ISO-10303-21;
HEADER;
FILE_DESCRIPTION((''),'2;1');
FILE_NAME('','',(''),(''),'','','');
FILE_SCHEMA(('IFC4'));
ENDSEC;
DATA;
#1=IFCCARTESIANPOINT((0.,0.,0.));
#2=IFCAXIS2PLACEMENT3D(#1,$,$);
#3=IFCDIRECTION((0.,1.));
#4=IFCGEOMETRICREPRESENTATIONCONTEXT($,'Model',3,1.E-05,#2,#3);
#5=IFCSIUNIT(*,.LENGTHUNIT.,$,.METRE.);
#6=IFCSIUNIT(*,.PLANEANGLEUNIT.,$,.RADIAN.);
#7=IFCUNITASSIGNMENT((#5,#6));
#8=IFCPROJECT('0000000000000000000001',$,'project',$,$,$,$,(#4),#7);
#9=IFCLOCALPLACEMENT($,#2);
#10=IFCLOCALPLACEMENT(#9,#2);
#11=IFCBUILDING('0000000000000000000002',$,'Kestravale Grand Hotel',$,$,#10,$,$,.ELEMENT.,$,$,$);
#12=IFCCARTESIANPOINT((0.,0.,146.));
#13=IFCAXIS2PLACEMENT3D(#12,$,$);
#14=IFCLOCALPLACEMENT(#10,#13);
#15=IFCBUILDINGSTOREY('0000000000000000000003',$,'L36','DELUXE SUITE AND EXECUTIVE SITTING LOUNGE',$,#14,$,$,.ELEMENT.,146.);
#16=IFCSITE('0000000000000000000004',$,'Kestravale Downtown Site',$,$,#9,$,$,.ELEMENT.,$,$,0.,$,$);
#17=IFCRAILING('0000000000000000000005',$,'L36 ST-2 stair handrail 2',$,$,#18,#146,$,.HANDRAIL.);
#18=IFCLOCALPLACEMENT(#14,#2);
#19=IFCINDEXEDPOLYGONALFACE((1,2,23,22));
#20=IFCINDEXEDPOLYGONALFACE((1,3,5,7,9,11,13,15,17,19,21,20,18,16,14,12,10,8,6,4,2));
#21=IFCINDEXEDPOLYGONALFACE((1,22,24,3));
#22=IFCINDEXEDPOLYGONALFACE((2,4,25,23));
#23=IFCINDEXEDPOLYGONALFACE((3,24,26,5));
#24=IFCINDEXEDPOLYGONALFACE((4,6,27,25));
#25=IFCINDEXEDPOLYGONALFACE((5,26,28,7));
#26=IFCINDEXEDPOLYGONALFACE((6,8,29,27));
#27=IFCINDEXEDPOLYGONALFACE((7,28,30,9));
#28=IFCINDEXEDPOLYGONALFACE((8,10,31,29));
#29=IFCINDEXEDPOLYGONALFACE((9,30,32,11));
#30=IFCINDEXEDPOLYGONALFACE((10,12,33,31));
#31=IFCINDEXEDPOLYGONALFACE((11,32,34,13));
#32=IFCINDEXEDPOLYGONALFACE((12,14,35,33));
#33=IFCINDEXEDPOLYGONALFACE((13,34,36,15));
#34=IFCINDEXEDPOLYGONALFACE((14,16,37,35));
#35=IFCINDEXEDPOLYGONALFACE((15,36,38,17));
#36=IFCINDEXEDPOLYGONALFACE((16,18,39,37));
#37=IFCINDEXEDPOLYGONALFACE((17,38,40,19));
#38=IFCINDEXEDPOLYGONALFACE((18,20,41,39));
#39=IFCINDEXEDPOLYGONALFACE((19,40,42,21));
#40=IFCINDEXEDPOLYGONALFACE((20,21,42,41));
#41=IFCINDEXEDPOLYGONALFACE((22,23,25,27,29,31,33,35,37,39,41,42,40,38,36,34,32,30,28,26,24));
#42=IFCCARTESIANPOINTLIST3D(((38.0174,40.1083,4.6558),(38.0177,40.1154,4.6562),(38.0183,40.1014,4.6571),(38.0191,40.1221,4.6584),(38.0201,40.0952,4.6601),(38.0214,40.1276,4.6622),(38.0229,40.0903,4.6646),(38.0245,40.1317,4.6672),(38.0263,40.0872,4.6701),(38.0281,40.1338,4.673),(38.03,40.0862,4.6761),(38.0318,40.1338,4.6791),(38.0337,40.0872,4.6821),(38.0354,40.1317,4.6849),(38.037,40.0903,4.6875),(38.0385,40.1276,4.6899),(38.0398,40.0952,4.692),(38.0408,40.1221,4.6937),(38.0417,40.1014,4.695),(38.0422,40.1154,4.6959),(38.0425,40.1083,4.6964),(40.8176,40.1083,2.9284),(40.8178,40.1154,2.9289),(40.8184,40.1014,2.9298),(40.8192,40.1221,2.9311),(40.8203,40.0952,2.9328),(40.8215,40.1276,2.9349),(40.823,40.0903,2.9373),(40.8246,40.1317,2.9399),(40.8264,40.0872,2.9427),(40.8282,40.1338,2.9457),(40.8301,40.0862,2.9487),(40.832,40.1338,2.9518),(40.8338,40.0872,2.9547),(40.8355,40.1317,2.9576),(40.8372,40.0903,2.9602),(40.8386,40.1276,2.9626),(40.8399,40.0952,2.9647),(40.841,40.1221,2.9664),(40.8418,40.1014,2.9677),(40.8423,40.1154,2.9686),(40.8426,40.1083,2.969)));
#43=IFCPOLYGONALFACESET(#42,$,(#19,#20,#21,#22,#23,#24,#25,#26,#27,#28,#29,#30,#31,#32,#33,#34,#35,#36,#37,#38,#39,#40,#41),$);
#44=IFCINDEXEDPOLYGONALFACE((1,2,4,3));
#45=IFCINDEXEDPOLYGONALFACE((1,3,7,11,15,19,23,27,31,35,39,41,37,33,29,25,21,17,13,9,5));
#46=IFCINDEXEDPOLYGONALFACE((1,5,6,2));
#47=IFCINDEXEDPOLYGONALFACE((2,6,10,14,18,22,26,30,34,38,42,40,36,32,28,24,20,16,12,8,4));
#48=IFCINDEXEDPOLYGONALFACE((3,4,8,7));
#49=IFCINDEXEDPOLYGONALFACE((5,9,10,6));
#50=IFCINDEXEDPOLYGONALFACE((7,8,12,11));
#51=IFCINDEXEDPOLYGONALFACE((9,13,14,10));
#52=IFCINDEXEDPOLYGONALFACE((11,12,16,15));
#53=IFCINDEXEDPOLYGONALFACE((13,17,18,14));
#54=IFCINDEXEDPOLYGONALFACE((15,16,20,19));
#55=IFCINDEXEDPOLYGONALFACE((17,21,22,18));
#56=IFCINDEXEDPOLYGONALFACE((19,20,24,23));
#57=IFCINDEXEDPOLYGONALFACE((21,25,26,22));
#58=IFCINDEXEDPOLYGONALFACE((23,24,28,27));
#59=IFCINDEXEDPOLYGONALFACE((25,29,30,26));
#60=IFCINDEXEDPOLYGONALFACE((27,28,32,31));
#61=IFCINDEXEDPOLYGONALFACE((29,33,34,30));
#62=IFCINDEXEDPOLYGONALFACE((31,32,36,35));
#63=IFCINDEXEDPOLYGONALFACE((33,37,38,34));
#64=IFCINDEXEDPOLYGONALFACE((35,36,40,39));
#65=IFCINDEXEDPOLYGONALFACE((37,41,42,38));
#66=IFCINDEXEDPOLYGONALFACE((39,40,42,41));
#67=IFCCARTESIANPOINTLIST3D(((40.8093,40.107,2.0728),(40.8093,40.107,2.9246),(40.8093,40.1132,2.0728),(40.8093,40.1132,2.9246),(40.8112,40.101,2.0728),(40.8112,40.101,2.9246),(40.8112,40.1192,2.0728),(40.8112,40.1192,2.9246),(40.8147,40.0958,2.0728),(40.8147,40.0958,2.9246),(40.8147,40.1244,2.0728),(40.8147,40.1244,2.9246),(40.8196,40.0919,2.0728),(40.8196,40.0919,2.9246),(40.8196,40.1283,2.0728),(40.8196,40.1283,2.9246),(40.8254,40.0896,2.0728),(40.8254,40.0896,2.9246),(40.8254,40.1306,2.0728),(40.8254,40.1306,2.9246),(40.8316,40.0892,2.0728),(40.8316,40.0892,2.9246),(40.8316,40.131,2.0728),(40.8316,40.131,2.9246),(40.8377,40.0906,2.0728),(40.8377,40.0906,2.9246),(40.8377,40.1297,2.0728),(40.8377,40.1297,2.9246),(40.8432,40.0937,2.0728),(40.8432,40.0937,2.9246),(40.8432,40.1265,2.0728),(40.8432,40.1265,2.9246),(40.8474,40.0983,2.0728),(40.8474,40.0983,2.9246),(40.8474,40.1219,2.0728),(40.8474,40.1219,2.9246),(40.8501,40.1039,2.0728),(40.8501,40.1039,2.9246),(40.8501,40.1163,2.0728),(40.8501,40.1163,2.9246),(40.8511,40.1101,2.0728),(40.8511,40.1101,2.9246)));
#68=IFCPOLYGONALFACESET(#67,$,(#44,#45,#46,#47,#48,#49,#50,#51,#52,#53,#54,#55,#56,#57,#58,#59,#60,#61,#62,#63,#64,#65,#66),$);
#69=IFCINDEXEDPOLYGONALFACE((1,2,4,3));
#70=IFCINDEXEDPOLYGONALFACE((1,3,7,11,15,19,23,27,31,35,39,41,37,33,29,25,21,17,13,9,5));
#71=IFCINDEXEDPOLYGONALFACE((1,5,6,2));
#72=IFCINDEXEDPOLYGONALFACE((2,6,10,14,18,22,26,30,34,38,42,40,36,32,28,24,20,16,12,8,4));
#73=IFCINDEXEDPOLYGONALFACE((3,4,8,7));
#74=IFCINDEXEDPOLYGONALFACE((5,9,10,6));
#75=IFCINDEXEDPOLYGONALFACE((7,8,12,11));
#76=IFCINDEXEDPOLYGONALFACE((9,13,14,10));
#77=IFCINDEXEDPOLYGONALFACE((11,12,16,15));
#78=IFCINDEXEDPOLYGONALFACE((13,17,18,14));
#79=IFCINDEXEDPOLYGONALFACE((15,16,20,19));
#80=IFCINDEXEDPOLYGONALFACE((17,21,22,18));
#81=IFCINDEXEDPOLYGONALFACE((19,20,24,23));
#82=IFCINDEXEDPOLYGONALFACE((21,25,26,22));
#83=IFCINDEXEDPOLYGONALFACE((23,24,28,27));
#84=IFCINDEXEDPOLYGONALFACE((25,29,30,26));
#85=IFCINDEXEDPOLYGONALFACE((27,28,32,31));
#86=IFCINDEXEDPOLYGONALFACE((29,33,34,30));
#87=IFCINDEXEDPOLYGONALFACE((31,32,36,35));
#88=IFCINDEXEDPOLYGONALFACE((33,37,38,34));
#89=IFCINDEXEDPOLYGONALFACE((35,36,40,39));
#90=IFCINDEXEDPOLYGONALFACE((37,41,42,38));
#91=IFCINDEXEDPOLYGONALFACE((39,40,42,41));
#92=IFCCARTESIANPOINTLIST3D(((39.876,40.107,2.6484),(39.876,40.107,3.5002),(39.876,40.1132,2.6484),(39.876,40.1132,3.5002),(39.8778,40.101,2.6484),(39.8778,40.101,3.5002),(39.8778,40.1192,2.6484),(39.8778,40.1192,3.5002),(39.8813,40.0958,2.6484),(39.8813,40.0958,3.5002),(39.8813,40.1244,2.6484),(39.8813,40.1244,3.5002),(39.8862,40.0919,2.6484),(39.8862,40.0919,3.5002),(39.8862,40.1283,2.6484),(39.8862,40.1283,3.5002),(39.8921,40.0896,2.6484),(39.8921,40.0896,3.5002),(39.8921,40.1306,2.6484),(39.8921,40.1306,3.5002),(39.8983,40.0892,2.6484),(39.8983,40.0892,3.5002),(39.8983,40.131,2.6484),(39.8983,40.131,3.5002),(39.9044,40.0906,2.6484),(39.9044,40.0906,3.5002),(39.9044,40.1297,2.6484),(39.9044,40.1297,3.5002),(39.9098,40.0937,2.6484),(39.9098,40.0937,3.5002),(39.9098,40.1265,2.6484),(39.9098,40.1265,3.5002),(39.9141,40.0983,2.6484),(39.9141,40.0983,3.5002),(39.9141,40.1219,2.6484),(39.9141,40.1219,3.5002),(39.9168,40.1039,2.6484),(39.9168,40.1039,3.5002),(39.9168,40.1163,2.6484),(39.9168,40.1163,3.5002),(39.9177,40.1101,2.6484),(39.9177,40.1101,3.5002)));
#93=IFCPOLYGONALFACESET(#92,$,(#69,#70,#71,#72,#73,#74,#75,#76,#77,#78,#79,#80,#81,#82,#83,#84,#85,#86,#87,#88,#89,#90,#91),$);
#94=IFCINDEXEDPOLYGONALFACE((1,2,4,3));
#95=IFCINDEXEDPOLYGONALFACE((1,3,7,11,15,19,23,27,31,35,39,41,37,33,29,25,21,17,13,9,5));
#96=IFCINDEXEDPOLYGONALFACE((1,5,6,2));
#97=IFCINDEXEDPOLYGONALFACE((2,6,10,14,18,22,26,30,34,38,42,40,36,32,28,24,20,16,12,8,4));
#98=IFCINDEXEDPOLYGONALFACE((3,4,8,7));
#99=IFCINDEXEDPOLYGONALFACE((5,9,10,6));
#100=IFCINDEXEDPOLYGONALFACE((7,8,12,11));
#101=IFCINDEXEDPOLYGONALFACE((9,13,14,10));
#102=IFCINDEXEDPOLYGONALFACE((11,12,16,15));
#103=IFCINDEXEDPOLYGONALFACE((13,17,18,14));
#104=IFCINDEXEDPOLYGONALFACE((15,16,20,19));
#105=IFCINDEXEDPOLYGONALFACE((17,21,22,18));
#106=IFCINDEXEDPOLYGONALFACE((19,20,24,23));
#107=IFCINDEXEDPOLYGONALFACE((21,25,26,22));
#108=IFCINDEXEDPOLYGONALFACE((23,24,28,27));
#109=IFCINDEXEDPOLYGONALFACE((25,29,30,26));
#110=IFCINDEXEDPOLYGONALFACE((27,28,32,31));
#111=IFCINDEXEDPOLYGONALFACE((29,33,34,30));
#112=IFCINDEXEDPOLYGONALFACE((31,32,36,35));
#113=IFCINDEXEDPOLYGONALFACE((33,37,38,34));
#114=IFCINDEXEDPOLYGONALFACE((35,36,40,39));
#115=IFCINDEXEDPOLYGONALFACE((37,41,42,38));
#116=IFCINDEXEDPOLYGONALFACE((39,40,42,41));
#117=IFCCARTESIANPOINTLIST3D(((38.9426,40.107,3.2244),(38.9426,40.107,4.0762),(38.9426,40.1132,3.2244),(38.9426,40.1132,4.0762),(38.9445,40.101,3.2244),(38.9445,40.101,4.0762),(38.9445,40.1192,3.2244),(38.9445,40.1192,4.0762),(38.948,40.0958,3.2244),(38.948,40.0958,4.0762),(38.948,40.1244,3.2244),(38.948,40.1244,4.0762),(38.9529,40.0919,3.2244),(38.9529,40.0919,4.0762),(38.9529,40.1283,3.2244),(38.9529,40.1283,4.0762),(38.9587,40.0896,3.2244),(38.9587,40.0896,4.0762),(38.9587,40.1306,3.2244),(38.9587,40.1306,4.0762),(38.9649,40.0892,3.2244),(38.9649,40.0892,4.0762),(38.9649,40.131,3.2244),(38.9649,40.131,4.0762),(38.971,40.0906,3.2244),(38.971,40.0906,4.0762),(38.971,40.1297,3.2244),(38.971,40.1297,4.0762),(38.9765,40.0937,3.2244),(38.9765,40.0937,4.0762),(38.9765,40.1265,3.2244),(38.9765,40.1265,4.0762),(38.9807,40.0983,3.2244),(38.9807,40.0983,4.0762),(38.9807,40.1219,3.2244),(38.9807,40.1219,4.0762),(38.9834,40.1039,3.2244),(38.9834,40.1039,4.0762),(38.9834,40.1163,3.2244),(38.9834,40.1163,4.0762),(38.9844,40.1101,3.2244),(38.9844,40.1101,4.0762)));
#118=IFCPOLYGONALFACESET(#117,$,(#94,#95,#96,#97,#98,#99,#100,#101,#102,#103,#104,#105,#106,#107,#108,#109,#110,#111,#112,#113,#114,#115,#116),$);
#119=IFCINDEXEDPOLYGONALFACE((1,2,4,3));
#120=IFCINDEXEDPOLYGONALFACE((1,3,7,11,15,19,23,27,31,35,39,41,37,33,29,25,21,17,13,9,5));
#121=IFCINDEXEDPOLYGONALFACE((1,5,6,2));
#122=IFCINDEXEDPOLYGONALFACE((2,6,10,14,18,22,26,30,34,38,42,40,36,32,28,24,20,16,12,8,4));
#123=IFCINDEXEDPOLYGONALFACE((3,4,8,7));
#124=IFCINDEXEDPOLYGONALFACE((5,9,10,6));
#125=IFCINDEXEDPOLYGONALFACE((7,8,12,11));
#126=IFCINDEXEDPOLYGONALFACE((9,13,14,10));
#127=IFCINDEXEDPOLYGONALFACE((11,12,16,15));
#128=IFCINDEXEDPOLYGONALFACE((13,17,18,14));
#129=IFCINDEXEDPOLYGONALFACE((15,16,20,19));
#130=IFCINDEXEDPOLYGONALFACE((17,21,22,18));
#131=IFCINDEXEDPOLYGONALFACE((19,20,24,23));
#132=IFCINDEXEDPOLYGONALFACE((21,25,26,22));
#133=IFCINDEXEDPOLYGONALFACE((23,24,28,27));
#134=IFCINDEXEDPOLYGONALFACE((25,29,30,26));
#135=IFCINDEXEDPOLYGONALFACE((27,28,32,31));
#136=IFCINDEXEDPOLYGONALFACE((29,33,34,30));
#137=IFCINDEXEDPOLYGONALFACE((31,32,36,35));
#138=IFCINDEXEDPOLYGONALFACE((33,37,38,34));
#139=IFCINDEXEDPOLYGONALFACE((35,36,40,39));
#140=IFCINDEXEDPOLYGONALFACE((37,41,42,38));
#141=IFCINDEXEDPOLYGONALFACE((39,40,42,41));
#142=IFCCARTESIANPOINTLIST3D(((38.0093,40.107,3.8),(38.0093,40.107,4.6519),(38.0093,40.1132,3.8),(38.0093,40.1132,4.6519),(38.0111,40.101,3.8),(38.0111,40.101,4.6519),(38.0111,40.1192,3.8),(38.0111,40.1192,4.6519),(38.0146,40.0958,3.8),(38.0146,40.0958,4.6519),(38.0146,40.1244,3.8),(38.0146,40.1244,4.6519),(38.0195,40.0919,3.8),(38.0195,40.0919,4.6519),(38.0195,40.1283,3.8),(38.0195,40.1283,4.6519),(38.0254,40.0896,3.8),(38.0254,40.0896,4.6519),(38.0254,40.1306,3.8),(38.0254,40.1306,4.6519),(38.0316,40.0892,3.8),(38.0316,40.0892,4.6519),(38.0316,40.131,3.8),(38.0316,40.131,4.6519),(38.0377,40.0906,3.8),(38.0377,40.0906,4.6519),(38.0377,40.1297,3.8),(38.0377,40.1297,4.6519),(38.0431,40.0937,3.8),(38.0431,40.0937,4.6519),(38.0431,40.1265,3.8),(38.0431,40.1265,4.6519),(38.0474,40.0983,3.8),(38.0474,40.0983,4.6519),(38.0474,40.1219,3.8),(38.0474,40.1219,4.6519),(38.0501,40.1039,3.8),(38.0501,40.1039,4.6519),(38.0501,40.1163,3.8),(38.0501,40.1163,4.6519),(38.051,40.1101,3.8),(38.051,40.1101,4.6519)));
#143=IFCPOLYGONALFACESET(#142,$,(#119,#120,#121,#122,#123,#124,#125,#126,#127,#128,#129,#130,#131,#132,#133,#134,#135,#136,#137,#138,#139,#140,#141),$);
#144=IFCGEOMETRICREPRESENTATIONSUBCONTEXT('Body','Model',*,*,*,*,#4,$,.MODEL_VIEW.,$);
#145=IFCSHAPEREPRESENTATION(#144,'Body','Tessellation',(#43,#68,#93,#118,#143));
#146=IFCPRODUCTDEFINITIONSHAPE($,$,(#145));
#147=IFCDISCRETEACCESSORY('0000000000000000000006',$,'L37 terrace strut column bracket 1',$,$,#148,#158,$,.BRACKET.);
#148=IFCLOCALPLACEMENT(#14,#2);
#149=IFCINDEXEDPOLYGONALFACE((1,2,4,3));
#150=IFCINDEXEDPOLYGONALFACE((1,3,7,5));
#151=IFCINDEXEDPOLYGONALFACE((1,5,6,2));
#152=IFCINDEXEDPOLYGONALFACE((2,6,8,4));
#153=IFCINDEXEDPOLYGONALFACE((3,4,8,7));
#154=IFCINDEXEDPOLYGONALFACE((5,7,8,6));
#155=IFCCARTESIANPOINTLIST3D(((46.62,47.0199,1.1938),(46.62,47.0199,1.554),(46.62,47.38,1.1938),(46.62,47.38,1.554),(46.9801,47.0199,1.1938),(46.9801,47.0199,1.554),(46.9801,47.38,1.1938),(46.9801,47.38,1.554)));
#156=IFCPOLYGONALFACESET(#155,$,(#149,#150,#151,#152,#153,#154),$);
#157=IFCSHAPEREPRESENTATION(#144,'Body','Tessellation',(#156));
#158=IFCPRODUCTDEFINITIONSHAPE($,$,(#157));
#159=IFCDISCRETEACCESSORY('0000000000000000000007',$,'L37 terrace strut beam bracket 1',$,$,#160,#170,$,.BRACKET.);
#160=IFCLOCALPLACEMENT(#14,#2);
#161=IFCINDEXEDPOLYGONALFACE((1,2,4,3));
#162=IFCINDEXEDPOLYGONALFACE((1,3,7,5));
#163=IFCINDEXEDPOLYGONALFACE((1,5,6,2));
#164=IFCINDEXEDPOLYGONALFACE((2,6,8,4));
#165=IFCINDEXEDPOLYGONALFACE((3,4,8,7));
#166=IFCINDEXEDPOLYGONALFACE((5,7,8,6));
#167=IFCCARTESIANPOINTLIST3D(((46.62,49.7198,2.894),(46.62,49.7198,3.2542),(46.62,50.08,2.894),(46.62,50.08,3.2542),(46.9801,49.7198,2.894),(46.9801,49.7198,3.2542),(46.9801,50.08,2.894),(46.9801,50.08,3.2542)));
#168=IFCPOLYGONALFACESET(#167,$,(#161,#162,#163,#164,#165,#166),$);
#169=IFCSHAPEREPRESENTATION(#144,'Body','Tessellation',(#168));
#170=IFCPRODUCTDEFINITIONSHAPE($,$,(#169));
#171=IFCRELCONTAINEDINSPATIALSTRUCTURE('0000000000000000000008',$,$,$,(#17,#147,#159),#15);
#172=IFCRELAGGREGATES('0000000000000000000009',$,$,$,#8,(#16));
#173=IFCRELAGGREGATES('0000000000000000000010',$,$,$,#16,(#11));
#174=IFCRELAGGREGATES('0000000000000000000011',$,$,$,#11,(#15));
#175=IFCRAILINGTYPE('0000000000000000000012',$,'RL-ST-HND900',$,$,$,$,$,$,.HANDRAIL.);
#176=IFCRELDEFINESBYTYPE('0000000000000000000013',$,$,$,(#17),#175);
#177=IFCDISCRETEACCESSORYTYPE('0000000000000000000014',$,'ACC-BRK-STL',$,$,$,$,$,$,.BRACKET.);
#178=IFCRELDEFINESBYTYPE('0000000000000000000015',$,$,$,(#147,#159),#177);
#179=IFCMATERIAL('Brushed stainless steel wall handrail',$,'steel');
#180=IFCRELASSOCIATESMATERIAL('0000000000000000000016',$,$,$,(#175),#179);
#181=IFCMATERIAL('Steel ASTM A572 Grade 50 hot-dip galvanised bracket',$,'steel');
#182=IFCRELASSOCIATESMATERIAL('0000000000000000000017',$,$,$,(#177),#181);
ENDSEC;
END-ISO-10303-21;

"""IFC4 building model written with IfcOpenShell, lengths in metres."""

from ifc_helpers import new_model, si_unit, direction, frame, origin, origin_2d, place, context, subcontext, project, spatial, rectangle, circle, extrude, material, type_object, element, save


model = new_model("IFC4")

# Units and contexts
model_context = context("Model", 3, precision=1e-05, world=origin(), true_north=direction((0.0, 1.0)))
body_context = subcontext(model_context, "Body", "Model", "MODEL_VIEW")
ifc_project = project(units=[si_unit("LENGTHUNIT", "METRE"), si_unit("PLANEANGLEUNIT", "RADIAN")], contexts=[model_context])

# Site, building, storey
site_placement = place(None, origin())
site = spatial("IfcSite", under=ifc_project, at=site_placement, Name="Kestravale Downtown Site", CompositionType="ELEMENT", RefElevation=0.0)
building_placement = place(site_placement, origin())
building = spatial("IfcBuilding", under=site, at=building_placement, Name="Kestravale Grand Hotel", CompositionType="ELEMENT")
storey_placement = place(building_placement, frame((0.0, 0.0, 146.0)))
storey = spatial("IfcBuildingStorey", under=building, at=storey_placement, Name="L36", Description="DELUXE SUITE AND EXECUTIVE SITTING LOUNGE", CompositionType="ELEMENT", Elevation=146.0)

# Railing
ifc_material_1 = material(Name="Brushed stainless steel wall handrail", Category="steel")
railing_type_1 = type_object("IfcRailingType", Name="RL-ST-HND900", PredefinedType="HANDRAIL", material=ifc_material_1)
railing_1_placement = place(storey_placement, frame((40.8301, 40.1101, 2.0728)))
element("IfcRailing", 1, at=railing_1_placement, inside=storey, type_object=railing_type_1, Name="L36 ST-2 stair handrail 2", PredefinedType="HANDRAIL", context=body_context, shape_type="SweptSolid", body=[
    extrude(circle(Radius=0.0239, at=origin_2d()), frame((0.0, 0.0, 0.876), z_axis=(-0.85109, 0.0, 0.52502), x_axis=(0.0, -1.0, 0.0)), (0.0, 0.0, 1.0), 3.29),
    extrude(circle(Radius=0.021, at=origin_2d()), origin(), (0.0, 0.0, 1.0), 0.8518),
    extrude(circle(Radius=0.021, at=origin_2d()), frame((-0.9333, 0.0, 0.5757)), (0.0, 0.0, 1.0), 0.8518),
    extrude(circle(Radius=0.021, at=origin_2d()), frame((-1.8667, 0.0, 1.1516)), (0.0, 0.0, 1.0), 0.8518),
    extrude(circle(Radius=0.021, at=origin_2d()), frame((-2.8, 0.0, 1.7273)), (0.0, 0.0, 1.0), 0.8518),
])

# Discrete accessories
ifc_material_2 = material(Name="Steel ASTM A572 Grade 50 hot-dip galvanised bracket", Category="steel")
discrete_accessory_type = type_object("IfcDiscreteAccessoryType", Name="ACC-BRK-STL", PredefinedType="BRACKET", material=ifc_material_2)
for number, where, z_axis, x_axis, name in (
    (2, (46.8, 47.2, 1.1938), (0.0, 0.0, 1.0), (1.0, 0.0, 0.0), "L37 terrace strut column bracket 1"),
    (3, (46.8, 49.8999, 2.894), (0.0, 0.0, 1.0), (1.0, 0.0, 0.0), "L37 terrace strut beam bracket 1"),
):
    element("IfcDiscreteAccessory", number, at=place(storey_placement, frame(where, z_axis=z_axis, x_axis=x_axis)), inside=storey, type_object=discrete_accessory_type, Name=name, PredefinedType="BRACKET", context=body_context, shape_type="SweptSolid", body=[
        extrude(rectangle(XDim=0.3601, YDim=0.3601, at=origin_2d()), origin(), (0.0, 0.0, 1.0), 0.3601),
    ])

save(model, "model.ifc")
